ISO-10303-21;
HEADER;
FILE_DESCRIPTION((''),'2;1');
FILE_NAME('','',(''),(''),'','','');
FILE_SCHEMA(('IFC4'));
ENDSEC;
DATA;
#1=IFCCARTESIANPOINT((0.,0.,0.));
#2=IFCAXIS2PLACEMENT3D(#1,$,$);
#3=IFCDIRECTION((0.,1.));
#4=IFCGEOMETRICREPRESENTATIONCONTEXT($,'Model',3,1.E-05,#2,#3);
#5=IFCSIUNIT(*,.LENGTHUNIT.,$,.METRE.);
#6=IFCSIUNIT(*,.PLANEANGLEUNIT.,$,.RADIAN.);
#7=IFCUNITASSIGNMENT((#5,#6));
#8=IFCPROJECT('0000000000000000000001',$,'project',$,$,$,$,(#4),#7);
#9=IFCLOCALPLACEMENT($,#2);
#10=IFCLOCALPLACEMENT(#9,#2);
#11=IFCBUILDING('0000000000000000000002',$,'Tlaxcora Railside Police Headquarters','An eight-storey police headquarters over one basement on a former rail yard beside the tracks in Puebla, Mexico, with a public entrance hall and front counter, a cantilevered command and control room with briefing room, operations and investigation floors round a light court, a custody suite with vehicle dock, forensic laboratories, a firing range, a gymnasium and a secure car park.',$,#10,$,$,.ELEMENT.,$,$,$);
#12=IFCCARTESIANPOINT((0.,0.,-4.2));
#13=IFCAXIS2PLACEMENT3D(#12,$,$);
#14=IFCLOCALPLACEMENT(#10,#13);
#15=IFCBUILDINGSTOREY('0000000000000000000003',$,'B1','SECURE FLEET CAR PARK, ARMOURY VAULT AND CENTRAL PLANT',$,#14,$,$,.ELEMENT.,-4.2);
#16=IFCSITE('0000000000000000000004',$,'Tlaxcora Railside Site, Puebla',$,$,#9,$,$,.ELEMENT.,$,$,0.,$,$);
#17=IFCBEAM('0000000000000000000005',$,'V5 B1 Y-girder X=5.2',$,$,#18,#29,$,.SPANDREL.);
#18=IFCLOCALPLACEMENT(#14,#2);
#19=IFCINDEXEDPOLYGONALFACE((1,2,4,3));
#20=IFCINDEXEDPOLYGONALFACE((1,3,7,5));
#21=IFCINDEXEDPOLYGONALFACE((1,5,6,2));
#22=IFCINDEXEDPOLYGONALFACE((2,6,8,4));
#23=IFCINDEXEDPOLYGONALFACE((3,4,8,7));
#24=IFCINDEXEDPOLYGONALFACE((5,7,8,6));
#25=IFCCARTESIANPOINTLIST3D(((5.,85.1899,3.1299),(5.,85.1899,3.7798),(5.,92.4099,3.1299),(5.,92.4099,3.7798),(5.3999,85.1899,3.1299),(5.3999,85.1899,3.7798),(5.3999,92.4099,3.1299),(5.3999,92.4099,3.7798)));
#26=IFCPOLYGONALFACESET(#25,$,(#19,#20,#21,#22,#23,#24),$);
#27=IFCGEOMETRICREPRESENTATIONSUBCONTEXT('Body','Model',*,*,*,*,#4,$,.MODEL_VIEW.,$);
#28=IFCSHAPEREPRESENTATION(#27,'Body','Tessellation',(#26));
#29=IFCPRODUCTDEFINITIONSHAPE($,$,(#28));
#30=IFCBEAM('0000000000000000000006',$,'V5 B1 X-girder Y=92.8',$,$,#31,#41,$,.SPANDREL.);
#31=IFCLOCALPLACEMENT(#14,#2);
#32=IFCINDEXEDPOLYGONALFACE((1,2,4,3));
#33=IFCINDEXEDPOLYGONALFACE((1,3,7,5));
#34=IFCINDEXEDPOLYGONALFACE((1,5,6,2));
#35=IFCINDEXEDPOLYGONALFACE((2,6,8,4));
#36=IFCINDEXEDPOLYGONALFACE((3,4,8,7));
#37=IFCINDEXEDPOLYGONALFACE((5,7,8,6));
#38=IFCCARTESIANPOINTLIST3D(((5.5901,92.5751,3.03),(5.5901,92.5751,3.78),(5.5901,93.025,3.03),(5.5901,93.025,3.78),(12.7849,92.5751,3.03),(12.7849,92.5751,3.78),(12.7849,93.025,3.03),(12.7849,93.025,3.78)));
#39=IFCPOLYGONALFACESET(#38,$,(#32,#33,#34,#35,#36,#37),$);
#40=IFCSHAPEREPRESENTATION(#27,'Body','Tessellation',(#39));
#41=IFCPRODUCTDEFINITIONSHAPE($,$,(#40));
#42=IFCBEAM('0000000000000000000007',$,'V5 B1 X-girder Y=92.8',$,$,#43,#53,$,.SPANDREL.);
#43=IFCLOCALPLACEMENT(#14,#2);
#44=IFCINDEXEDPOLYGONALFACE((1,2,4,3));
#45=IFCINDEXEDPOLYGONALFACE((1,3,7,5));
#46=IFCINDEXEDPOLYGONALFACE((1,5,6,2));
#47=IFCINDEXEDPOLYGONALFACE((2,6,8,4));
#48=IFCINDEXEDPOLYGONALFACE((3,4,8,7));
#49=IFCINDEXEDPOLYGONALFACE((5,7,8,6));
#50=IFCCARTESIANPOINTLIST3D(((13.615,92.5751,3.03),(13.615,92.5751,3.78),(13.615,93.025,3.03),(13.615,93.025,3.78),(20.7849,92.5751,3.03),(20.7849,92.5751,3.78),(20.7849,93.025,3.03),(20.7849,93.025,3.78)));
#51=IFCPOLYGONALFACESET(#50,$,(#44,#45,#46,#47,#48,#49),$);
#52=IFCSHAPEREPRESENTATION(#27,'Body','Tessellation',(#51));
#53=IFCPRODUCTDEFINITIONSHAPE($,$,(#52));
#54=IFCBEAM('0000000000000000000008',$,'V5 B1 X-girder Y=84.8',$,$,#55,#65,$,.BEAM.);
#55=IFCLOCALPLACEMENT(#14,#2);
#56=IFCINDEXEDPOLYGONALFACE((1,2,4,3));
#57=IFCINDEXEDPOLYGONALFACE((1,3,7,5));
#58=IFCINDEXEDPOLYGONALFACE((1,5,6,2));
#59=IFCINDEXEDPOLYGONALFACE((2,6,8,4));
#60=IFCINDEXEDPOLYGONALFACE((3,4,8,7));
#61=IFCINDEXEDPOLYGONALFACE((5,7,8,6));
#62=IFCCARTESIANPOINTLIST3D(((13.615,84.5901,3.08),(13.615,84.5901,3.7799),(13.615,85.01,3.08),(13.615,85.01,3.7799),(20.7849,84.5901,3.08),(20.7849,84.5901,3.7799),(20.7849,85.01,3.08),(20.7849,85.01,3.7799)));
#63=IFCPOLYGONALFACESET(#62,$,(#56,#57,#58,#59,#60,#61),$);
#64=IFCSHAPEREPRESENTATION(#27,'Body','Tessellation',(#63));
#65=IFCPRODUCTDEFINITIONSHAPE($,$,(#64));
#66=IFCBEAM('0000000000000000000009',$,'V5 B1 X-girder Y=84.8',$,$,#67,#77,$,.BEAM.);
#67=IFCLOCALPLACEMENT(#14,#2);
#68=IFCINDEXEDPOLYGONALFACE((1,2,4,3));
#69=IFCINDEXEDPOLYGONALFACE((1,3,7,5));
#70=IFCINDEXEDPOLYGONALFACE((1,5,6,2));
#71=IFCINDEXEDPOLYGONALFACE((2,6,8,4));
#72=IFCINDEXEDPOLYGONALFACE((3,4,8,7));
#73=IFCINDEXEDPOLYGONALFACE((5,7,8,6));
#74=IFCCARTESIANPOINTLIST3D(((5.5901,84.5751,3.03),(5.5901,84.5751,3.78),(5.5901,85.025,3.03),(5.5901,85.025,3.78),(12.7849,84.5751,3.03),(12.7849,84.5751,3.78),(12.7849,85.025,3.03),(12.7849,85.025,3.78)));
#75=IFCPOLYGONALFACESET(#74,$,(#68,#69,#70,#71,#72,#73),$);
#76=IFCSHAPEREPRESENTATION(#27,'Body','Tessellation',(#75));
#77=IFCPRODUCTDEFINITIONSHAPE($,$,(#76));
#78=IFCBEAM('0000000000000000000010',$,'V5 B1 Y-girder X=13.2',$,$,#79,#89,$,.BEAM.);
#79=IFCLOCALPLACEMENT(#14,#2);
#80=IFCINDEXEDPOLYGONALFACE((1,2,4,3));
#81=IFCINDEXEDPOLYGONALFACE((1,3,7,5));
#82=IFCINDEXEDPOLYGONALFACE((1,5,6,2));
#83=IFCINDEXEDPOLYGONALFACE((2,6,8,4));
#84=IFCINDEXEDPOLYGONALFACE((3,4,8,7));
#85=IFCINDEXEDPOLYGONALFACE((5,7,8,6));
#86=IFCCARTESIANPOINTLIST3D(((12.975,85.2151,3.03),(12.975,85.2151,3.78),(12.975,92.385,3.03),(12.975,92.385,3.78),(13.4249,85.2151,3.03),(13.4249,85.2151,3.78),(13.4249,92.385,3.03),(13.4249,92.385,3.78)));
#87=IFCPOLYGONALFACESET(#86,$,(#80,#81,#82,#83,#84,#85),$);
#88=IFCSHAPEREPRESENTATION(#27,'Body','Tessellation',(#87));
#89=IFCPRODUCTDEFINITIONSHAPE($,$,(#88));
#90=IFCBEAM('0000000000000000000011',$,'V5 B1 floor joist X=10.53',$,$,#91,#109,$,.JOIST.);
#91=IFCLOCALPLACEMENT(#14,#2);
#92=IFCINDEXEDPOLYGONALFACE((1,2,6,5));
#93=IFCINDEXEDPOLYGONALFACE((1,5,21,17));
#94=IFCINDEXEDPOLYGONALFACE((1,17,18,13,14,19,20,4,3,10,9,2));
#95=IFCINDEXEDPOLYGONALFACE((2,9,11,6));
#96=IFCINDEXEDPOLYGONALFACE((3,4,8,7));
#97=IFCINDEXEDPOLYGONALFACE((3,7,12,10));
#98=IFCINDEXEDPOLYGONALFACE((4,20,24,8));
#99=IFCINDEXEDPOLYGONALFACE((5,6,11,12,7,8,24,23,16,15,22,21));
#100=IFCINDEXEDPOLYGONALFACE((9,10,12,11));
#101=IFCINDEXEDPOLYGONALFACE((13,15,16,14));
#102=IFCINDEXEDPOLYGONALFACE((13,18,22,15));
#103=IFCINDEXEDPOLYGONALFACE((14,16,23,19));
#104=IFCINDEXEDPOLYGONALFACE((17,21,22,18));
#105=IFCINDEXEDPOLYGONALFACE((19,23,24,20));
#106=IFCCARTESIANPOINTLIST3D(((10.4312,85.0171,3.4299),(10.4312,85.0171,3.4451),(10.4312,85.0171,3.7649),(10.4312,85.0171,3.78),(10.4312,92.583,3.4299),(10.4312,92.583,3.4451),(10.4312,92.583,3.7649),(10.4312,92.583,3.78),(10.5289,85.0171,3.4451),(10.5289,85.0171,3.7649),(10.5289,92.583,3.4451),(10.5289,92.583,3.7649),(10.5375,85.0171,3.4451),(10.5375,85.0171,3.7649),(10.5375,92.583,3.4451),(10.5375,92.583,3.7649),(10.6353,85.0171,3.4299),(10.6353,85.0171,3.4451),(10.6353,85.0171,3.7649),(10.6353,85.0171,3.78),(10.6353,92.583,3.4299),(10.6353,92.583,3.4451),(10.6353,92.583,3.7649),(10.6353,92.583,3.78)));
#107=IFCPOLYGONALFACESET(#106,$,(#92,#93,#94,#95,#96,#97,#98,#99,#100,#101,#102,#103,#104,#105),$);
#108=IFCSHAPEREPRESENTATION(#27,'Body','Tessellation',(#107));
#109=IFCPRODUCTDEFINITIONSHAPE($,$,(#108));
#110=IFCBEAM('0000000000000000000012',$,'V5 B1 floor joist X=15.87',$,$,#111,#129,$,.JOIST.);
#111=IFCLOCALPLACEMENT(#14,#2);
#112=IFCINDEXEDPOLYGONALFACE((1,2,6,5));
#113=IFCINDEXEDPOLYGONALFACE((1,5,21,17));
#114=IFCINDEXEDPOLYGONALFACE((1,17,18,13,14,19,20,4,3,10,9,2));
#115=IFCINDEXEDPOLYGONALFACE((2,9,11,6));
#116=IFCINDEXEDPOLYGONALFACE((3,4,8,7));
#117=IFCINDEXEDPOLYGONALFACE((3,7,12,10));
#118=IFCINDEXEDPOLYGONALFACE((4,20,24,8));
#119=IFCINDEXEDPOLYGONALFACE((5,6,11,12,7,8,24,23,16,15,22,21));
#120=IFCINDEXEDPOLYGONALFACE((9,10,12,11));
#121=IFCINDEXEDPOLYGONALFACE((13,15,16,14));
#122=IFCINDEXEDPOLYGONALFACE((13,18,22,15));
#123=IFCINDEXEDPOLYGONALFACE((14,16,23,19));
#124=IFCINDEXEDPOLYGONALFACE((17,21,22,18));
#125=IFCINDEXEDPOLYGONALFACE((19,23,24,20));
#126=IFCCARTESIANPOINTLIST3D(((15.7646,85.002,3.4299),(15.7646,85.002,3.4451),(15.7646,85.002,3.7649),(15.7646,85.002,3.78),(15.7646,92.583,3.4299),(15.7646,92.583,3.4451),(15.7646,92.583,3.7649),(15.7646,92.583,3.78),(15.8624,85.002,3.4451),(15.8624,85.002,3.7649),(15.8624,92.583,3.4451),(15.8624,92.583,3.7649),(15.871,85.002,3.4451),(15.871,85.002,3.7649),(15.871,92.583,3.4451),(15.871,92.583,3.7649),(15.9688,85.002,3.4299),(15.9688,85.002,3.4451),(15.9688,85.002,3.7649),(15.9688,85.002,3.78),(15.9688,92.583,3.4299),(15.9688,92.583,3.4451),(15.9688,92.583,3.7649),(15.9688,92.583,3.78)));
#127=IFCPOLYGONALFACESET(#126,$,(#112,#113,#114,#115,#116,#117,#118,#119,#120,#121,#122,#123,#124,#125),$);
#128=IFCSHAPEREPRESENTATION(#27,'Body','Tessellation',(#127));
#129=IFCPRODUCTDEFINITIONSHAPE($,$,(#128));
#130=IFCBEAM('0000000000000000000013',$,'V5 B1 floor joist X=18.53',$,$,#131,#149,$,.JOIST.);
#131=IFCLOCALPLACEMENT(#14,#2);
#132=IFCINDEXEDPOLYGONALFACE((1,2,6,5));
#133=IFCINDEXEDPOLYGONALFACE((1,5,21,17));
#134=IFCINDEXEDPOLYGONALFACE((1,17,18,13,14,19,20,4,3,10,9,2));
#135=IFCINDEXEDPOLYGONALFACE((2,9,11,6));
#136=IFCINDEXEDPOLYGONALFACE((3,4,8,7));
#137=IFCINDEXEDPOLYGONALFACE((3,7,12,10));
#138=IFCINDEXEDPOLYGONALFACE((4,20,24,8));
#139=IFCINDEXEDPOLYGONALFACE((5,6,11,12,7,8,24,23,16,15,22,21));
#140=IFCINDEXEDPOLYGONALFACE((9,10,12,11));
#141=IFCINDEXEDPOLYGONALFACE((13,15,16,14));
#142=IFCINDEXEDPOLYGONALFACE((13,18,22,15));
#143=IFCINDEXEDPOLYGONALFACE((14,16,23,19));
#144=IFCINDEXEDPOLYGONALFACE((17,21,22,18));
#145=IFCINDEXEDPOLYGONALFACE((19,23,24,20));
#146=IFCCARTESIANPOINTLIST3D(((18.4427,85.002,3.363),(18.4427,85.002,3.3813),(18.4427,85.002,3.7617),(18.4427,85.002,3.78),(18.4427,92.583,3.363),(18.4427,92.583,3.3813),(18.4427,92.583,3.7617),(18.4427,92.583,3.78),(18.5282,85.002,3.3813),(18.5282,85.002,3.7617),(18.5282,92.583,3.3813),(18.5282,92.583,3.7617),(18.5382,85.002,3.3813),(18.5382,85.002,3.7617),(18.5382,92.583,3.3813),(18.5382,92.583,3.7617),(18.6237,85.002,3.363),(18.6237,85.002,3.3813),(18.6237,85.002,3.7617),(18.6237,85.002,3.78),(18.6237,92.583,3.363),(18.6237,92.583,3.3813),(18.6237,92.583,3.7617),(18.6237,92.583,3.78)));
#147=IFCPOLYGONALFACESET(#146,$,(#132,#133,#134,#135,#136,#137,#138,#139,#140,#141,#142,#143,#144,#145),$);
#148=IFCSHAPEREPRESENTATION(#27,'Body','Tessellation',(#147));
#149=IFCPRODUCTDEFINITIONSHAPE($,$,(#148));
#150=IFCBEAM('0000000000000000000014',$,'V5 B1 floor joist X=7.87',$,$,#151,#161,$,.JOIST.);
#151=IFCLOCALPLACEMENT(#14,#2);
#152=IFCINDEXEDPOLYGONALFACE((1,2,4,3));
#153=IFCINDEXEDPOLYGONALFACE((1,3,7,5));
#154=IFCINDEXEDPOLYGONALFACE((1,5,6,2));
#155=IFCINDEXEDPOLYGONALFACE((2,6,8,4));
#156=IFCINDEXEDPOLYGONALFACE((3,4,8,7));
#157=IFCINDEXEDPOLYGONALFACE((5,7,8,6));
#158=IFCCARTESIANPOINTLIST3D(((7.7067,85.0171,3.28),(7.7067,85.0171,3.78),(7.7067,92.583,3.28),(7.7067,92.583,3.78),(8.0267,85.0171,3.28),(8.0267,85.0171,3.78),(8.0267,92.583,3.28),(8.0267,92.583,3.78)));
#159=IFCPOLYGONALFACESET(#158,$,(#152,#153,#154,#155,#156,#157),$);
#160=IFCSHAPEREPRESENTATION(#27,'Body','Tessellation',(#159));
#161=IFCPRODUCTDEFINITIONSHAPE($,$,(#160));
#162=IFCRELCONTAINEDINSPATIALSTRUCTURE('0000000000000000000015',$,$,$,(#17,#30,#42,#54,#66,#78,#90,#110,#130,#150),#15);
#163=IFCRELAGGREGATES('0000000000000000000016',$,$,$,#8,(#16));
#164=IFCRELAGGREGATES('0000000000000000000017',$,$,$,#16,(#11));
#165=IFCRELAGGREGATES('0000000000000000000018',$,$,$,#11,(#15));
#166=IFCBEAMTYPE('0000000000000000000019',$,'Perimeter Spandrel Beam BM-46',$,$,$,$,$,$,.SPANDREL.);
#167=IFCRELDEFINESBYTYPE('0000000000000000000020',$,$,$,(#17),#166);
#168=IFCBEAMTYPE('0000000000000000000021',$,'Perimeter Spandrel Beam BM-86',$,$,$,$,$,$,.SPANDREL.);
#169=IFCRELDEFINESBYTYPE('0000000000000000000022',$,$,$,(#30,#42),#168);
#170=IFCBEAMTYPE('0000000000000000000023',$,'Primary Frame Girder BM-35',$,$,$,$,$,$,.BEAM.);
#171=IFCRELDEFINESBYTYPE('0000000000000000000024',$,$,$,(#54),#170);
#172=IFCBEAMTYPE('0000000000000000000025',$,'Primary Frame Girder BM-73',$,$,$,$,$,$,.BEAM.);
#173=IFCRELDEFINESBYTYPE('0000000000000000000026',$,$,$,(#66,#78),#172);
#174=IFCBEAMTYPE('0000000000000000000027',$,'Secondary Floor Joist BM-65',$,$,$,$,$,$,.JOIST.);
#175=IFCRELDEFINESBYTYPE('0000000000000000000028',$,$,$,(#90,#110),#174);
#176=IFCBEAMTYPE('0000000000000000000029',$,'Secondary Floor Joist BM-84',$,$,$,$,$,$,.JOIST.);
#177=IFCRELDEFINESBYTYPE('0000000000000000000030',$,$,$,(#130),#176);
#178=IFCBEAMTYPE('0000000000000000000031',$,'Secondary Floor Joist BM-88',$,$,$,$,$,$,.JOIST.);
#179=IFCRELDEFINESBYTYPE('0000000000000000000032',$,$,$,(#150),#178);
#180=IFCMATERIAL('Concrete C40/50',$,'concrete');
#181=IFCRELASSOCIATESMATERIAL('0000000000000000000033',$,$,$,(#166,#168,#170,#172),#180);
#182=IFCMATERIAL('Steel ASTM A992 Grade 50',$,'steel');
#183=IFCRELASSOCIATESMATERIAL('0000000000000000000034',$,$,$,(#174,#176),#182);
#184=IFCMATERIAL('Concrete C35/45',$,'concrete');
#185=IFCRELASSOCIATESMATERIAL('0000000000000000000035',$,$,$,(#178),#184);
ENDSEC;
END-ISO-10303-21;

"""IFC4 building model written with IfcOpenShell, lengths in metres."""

from ifc_helpers import new_model, si_unit, direction, frame, origin, origin_2d, place, context, subcontext, project, spatial, rectangle, i_section, extrude, material, material_profile, profile_set, type_object, element, save


model = new_model("IFC4")

# Units and contexts
model_context = context("Model", 3, precision=1e-05, world=origin(), true_north=direction((0.0, 1.0)))
body_context = subcontext(model_context, "Body", "Model", "MODEL_VIEW")
ifc_project = project(units=[si_unit("LENGTHUNIT", "METRE"), si_unit("PLANEANGLEUNIT", "RADIAN")], contexts=[model_context])

# Site, building, storey
site_placement = place(None, origin())
site = spatial("IfcSite", under=ifc_project, at=site_placement, Name="Tlaxcora Railside Site, Puebla", CompositionType="ELEMENT", RefElevation=0.0)
building_placement = place(site_placement, origin())
building = spatial("IfcBuilding", under=site, at=building_placement, Name="Tlaxcora Railside Police Headquarters", Description="An eight-storey police headquarters over one basement on a former rail yard beside the tracks in Puebla, Mexico, with a public entrance hall and front counter, a cantilevered command and control room with briefing room, operations and investigation floors round a light court, a custody suite with vehicle dock, forensic laboratories, a firing range, a gymnasium and a secure car park.", CompositionType="ELEMENT")
storey_placement = place(building_placement, frame((0.0, 0.0, -4.2)))
storey = spatial("IfcBuildingStorey", under=building, at=storey_placement, Name="B1", Description="SECURE FLEET CAR PARK, ARMOURY VAULT AND CENTRAL PLANT", CompositionType="ELEMENT", Elevation=-4.2)

# Shared definitions
ifc_material_1 = material(Name="Concrete C35/45", Category="concrete")

# Shared definitions
ifc_material_2 = material(Name="Concrete C40/50", Category="concrete")

# Beams
ifc_material_profile_1 = material_profile(ifc_material_2, rectangle(XDim=0.3999, YDim=0.6499, at=origin_2d()), Name="RC400X650")
ifc_profile_set_1 = profile_set([ifc_material_profile_1], Name="Concrete C40/50")
beam_type_1 = type_object("IfcBeamType", Name="Perimeter Spandrel Beam BM-46", PredefinedType="SPANDREL", material=ifc_profile_set_1)
beam_1_placement = place(storey_placement, frame((5.2, 85.1899, 3.4548), z_axis=(0.0, 1.0, 0.0), x_axis=(-1.0, 0.0, 0.0)))
element("IfcBeam", 1, at=beam_1_placement, inside=storey, type_object=beam_type_1, Name="V5 B1 Y-girder X=5.2", PredefinedType="SPANDREL", context=body_context, shape_type="SweptSolid", body=[
    extrude(rectangle(XDim=0.3999, YDim=0.6499, at=origin_2d()), origin(), (0.0, 0.0, 1.0), 7.22),
])
ifc_material_profile_2 = material_profile(ifc_material_2, rectangle(XDim=0.45, YDim=0.75, at=origin_2d()), Name="RC450X750")
ifc_profile_set_2 = profile_set([ifc_material_profile_2], Name="Concrete C40/50")
beam_type_2 = type_object("IfcBeamType", Name="Perimeter Spandrel Beam BM-86", PredefinedType="SPANDREL", material=ifc_profile_set_2)
beam_2_placement = place(storey_placement, frame((5.5901, 92.8, 3.405), z_axis=(1.0, 0.0, 0.0), x_axis=(0.0, 1.0, 0.0)))
element("IfcBeam", 2, at=beam_2_placement, inside=storey, type_object=beam_type_2, Name="V5 B1 X-girder Y=92.8", PredefinedType="SPANDREL", context=body_context, shape_type="SweptSolid", body=[
    extrude(rectangle(XDim=0.45, YDim=0.75, at=origin_2d()), origin(), (0.0, 0.0, 1.0), 7.1948),
])
beam_3_placement = place(storey_placement, frame((13.615, 92.8, 3.405), z_axis=(1.0, 0.0, 0.0), x_axis=(0.0, 1.0, 0.0)))
element("IfcBeam", 3, at=beam_3_placement, inside=storey, type_object=beam_type_2, Name="V5 B1 X-girder Y=92.8", PredefinedType="SPANDREL", context=body_context, shape_type="SweptSolid", body=[
    extrude(rectangle(XDim=0.45, YDim=0.75, at=origin_2d()), origin(), (0.0, 0.0, 1.0), 7.1699),
])
ifc_material_profile_3 = material_profile(ifc_material_2, rectangle(XDim=0.4199, YDim=0.7, at=origin_2d()), Name="RC420X700")
ifc_profile_set_3 = profile_set([ifc_material_profile_3], Name="Concrete C40/50")
beam_type_3 = type_object("IfcBeamType", Name="Primary Frame Girder BM-35", PredefinedType="BEAM", material=ifc_profile_set_3)
beam_4_placement = place(storey_placement, frame((13.615, 84.8, 3.4299), z_axis=(1.0, 0.0, 0.0), x_axis=(0.0, 1.0, 0.0)))
element("IfcBeam", 4, at=beam_4_placement, inside=storey, type_object=beam_type_3, Name="V5 B1 X-girder Y=84.8", PredefinedType="BEAM", context=body_context, shape_type="SweptSolid", body=[
    extrude(rectangle(XDim=0.4199, YDim=0.7, at=origin_2d()), origin(), (0.0, 0.0, 1.0), 7.1699),
])
ifc_material_profile_4 = material_profile(ifc_material_2, rectangle(XDim=0.45, YDim=0.75, at=origin_2d()), Name="RC450X750")
ifc_profile_set_4 = profile_set([ifc_material_profile_4], Name="Concrete C40/50")
beam_type_4 = type_object("IfcBeamType", Name="Primary Frame Girder BM-73", PredefinedType="BEAM", material=ifc_profile_set_4)
beam_5_placement = place(storey_placement, frame((5.5901, 84.8, 3.405), z_axis=(1.0, 0.0, 0.0), x_axis=(0.0, 1.0, 0.0)))
element("IfcBeam", 5, at=beam_5_placement, inside=storey, type_object=beam_type_4, Name="V5 B1 X-girder Y=84.8", PredefinedType="BEAM", context=body_context, shape_type="SweptSolid", body=[
    extrude(rectangle(XDim=0.45, YDim=0.75, at=origin_2d()), origin(), (0.0, 0.0, 1.0), 7.1948),
])
beam_6_placement = place(storey_placement, frame((13.2, 85.2151, 3.405), z_axis=(0.0, 1.0, 0.0), x_axis=(-1.0, 0.0, 0.0)))
element("IfcBeam", 6, at=beam_6_placement, inside=storey, type_object=beam_type_4, Name="V5 B1 Y-girder X=13.2", PredefinedType="BEAM", context=body_context, shape_type="SweptSolid", body=[
    extrude(rectangle(XDim=0.45, YDim=0.75, at=origin_2d()), origin(), (0.0, 0.0, 1.0), 7.1699),
])
ifc_material_3 = material(Name="Steel ASTM A992 Grade 50", Category="steel")
ifc_material_profile_5 = material_profile(ifc_material_3, i_section(OverallWidth=0.2041, OverallDepth=0.3501, WebThickness=0.0085, FlangeThickness=0.0151, at=origin_2d()), Name="W14X48")
ifc_profile_set_5 = profile_set([ifc_material_profile_5], Name="Steel ASTM A992 Grade 50")
beam_type_5 = type_object("IfcBeamType", Name="Secondary Floor Joist BM-65", PredefinedType="JOIST", material=ifc_profile_set_5)
beam_7_placement = place(storey_placement, frame((10.5332, 85.0171, 3.605), z_axis=(0.0, 1.0, 0.0), x_axis=(-1.0, 0.0, 0.0)))
element("IfcBeam", 7, at=beam_7_placement, inside=storey, type_object=beam_type_5, Name="V5 B1 floor joist X=10.53", PredefinedType="JOIST", context=body_context, shape_type="SweptSolid", body=[
    extrude(i_section(OverallWidth=0.2041, OverallDepth=0.3501, WebThickness=0.0085, FlangeThickness=0.0151, at=origin_2d()), origin(), (0.0, 0.0, 1.0), 7.5659),
])
beam_8_placement = place(storey_placement, frame((15.8667, 85.002, 3.605), z_axis=(0.0, 1.0, 0.0), x_axis=(-1.0, 0.0, 0.0)))
element("IfcBeam", 8, at=beam_8_placement, inside=storey, type_object=beam_type_5, Name="V5 B1 floor joist X=15.87", PredefinedType="JOIST", context=body_context, shape_type="SweptSolid", body=[
    extrude(i_section(OverallWidth=0.2041, OverallDepth=0.3501, WebThickness=0.0085, FlangeThickness=0.0151, at=origin_2d()), origin(), (0.0, 0.0, 1.0), 7.5811),
])
ifc_material_profile_6 = material_profile(ifc_material_3, i_section(OverallWidth=0.1809, OverallDepth=0.417, WebThickness=0.01, FlangeThickness=0.0183, at=origin_2d()), Name="W16X57")
ifc_profile_set_6 = profile_set([ifc_material_profile_6], Name="Steel ASTM A992 Grade 50")
beam_type_6 = type_object("IfcBeamType", Name="Secondary Floor Joist BM-84", PredefinedType="JOIST", material=ifc_profile_set_6)
beam_9_placement = place(storey_placement, frame((18.5332, 85.002, 3.5715), z_axis=(0.0, 1.0, 0.0), x_axis=(-1.0, 0.0, 0.0)))
element("IfcBeam", 9, at=beam_9_placement, inside=storey, type_object=beam_type_6, Name="V5 B1 floor joist X=18.53", PredefinedType="JOIST", context=body_context, shape_type="SweptSolid", body=[
    extrude(i_section(OverallWidth=0.1809, OverallDepth=0.417, WebThickness=0.01, FlangeThickness=0.0183, at=origin_2d()), origin(), (0.0, 0.0, 1.0), 7.5811),
])
ifc_material_profile_7 = material_profile(ifc_material_1, rectangle(XDim=0.3201, YDim=0.5, at=origin_2d()), Name="RC320X500")
ifc_profile_set_7 = profile_set([ifc_material_profile_7], Name="Concrete C35/45")
beam_type_7 = type_object("IfcBeamType", Name="Secondary Floor Joist BM-88", PredefinedType="JOIST", material=ifc_profile_set_7)
beam_10_placement = place(storey_placement, frame((7.8667, 85.0171, 3.53), z_axis=(0.0, 1.0, 0.0), x_axis=(-1.0, 0.0, 0.0)))
element("IfcBeam", 10, at=beam_10_placement, inside=storey, type_object=beam_type_7, Name="V5 B1 floor joist X=7.87", PredefinedType="JOIST", context=body_context, shape_type="SweptSolid", body=[
    extrude(rectangle(XDim=0.3201, YDim=0.5, at=origin_2d()), origin(), (0.0, 0.0, 1.0), 7.5659),
])

save(model, "model.ifc")
